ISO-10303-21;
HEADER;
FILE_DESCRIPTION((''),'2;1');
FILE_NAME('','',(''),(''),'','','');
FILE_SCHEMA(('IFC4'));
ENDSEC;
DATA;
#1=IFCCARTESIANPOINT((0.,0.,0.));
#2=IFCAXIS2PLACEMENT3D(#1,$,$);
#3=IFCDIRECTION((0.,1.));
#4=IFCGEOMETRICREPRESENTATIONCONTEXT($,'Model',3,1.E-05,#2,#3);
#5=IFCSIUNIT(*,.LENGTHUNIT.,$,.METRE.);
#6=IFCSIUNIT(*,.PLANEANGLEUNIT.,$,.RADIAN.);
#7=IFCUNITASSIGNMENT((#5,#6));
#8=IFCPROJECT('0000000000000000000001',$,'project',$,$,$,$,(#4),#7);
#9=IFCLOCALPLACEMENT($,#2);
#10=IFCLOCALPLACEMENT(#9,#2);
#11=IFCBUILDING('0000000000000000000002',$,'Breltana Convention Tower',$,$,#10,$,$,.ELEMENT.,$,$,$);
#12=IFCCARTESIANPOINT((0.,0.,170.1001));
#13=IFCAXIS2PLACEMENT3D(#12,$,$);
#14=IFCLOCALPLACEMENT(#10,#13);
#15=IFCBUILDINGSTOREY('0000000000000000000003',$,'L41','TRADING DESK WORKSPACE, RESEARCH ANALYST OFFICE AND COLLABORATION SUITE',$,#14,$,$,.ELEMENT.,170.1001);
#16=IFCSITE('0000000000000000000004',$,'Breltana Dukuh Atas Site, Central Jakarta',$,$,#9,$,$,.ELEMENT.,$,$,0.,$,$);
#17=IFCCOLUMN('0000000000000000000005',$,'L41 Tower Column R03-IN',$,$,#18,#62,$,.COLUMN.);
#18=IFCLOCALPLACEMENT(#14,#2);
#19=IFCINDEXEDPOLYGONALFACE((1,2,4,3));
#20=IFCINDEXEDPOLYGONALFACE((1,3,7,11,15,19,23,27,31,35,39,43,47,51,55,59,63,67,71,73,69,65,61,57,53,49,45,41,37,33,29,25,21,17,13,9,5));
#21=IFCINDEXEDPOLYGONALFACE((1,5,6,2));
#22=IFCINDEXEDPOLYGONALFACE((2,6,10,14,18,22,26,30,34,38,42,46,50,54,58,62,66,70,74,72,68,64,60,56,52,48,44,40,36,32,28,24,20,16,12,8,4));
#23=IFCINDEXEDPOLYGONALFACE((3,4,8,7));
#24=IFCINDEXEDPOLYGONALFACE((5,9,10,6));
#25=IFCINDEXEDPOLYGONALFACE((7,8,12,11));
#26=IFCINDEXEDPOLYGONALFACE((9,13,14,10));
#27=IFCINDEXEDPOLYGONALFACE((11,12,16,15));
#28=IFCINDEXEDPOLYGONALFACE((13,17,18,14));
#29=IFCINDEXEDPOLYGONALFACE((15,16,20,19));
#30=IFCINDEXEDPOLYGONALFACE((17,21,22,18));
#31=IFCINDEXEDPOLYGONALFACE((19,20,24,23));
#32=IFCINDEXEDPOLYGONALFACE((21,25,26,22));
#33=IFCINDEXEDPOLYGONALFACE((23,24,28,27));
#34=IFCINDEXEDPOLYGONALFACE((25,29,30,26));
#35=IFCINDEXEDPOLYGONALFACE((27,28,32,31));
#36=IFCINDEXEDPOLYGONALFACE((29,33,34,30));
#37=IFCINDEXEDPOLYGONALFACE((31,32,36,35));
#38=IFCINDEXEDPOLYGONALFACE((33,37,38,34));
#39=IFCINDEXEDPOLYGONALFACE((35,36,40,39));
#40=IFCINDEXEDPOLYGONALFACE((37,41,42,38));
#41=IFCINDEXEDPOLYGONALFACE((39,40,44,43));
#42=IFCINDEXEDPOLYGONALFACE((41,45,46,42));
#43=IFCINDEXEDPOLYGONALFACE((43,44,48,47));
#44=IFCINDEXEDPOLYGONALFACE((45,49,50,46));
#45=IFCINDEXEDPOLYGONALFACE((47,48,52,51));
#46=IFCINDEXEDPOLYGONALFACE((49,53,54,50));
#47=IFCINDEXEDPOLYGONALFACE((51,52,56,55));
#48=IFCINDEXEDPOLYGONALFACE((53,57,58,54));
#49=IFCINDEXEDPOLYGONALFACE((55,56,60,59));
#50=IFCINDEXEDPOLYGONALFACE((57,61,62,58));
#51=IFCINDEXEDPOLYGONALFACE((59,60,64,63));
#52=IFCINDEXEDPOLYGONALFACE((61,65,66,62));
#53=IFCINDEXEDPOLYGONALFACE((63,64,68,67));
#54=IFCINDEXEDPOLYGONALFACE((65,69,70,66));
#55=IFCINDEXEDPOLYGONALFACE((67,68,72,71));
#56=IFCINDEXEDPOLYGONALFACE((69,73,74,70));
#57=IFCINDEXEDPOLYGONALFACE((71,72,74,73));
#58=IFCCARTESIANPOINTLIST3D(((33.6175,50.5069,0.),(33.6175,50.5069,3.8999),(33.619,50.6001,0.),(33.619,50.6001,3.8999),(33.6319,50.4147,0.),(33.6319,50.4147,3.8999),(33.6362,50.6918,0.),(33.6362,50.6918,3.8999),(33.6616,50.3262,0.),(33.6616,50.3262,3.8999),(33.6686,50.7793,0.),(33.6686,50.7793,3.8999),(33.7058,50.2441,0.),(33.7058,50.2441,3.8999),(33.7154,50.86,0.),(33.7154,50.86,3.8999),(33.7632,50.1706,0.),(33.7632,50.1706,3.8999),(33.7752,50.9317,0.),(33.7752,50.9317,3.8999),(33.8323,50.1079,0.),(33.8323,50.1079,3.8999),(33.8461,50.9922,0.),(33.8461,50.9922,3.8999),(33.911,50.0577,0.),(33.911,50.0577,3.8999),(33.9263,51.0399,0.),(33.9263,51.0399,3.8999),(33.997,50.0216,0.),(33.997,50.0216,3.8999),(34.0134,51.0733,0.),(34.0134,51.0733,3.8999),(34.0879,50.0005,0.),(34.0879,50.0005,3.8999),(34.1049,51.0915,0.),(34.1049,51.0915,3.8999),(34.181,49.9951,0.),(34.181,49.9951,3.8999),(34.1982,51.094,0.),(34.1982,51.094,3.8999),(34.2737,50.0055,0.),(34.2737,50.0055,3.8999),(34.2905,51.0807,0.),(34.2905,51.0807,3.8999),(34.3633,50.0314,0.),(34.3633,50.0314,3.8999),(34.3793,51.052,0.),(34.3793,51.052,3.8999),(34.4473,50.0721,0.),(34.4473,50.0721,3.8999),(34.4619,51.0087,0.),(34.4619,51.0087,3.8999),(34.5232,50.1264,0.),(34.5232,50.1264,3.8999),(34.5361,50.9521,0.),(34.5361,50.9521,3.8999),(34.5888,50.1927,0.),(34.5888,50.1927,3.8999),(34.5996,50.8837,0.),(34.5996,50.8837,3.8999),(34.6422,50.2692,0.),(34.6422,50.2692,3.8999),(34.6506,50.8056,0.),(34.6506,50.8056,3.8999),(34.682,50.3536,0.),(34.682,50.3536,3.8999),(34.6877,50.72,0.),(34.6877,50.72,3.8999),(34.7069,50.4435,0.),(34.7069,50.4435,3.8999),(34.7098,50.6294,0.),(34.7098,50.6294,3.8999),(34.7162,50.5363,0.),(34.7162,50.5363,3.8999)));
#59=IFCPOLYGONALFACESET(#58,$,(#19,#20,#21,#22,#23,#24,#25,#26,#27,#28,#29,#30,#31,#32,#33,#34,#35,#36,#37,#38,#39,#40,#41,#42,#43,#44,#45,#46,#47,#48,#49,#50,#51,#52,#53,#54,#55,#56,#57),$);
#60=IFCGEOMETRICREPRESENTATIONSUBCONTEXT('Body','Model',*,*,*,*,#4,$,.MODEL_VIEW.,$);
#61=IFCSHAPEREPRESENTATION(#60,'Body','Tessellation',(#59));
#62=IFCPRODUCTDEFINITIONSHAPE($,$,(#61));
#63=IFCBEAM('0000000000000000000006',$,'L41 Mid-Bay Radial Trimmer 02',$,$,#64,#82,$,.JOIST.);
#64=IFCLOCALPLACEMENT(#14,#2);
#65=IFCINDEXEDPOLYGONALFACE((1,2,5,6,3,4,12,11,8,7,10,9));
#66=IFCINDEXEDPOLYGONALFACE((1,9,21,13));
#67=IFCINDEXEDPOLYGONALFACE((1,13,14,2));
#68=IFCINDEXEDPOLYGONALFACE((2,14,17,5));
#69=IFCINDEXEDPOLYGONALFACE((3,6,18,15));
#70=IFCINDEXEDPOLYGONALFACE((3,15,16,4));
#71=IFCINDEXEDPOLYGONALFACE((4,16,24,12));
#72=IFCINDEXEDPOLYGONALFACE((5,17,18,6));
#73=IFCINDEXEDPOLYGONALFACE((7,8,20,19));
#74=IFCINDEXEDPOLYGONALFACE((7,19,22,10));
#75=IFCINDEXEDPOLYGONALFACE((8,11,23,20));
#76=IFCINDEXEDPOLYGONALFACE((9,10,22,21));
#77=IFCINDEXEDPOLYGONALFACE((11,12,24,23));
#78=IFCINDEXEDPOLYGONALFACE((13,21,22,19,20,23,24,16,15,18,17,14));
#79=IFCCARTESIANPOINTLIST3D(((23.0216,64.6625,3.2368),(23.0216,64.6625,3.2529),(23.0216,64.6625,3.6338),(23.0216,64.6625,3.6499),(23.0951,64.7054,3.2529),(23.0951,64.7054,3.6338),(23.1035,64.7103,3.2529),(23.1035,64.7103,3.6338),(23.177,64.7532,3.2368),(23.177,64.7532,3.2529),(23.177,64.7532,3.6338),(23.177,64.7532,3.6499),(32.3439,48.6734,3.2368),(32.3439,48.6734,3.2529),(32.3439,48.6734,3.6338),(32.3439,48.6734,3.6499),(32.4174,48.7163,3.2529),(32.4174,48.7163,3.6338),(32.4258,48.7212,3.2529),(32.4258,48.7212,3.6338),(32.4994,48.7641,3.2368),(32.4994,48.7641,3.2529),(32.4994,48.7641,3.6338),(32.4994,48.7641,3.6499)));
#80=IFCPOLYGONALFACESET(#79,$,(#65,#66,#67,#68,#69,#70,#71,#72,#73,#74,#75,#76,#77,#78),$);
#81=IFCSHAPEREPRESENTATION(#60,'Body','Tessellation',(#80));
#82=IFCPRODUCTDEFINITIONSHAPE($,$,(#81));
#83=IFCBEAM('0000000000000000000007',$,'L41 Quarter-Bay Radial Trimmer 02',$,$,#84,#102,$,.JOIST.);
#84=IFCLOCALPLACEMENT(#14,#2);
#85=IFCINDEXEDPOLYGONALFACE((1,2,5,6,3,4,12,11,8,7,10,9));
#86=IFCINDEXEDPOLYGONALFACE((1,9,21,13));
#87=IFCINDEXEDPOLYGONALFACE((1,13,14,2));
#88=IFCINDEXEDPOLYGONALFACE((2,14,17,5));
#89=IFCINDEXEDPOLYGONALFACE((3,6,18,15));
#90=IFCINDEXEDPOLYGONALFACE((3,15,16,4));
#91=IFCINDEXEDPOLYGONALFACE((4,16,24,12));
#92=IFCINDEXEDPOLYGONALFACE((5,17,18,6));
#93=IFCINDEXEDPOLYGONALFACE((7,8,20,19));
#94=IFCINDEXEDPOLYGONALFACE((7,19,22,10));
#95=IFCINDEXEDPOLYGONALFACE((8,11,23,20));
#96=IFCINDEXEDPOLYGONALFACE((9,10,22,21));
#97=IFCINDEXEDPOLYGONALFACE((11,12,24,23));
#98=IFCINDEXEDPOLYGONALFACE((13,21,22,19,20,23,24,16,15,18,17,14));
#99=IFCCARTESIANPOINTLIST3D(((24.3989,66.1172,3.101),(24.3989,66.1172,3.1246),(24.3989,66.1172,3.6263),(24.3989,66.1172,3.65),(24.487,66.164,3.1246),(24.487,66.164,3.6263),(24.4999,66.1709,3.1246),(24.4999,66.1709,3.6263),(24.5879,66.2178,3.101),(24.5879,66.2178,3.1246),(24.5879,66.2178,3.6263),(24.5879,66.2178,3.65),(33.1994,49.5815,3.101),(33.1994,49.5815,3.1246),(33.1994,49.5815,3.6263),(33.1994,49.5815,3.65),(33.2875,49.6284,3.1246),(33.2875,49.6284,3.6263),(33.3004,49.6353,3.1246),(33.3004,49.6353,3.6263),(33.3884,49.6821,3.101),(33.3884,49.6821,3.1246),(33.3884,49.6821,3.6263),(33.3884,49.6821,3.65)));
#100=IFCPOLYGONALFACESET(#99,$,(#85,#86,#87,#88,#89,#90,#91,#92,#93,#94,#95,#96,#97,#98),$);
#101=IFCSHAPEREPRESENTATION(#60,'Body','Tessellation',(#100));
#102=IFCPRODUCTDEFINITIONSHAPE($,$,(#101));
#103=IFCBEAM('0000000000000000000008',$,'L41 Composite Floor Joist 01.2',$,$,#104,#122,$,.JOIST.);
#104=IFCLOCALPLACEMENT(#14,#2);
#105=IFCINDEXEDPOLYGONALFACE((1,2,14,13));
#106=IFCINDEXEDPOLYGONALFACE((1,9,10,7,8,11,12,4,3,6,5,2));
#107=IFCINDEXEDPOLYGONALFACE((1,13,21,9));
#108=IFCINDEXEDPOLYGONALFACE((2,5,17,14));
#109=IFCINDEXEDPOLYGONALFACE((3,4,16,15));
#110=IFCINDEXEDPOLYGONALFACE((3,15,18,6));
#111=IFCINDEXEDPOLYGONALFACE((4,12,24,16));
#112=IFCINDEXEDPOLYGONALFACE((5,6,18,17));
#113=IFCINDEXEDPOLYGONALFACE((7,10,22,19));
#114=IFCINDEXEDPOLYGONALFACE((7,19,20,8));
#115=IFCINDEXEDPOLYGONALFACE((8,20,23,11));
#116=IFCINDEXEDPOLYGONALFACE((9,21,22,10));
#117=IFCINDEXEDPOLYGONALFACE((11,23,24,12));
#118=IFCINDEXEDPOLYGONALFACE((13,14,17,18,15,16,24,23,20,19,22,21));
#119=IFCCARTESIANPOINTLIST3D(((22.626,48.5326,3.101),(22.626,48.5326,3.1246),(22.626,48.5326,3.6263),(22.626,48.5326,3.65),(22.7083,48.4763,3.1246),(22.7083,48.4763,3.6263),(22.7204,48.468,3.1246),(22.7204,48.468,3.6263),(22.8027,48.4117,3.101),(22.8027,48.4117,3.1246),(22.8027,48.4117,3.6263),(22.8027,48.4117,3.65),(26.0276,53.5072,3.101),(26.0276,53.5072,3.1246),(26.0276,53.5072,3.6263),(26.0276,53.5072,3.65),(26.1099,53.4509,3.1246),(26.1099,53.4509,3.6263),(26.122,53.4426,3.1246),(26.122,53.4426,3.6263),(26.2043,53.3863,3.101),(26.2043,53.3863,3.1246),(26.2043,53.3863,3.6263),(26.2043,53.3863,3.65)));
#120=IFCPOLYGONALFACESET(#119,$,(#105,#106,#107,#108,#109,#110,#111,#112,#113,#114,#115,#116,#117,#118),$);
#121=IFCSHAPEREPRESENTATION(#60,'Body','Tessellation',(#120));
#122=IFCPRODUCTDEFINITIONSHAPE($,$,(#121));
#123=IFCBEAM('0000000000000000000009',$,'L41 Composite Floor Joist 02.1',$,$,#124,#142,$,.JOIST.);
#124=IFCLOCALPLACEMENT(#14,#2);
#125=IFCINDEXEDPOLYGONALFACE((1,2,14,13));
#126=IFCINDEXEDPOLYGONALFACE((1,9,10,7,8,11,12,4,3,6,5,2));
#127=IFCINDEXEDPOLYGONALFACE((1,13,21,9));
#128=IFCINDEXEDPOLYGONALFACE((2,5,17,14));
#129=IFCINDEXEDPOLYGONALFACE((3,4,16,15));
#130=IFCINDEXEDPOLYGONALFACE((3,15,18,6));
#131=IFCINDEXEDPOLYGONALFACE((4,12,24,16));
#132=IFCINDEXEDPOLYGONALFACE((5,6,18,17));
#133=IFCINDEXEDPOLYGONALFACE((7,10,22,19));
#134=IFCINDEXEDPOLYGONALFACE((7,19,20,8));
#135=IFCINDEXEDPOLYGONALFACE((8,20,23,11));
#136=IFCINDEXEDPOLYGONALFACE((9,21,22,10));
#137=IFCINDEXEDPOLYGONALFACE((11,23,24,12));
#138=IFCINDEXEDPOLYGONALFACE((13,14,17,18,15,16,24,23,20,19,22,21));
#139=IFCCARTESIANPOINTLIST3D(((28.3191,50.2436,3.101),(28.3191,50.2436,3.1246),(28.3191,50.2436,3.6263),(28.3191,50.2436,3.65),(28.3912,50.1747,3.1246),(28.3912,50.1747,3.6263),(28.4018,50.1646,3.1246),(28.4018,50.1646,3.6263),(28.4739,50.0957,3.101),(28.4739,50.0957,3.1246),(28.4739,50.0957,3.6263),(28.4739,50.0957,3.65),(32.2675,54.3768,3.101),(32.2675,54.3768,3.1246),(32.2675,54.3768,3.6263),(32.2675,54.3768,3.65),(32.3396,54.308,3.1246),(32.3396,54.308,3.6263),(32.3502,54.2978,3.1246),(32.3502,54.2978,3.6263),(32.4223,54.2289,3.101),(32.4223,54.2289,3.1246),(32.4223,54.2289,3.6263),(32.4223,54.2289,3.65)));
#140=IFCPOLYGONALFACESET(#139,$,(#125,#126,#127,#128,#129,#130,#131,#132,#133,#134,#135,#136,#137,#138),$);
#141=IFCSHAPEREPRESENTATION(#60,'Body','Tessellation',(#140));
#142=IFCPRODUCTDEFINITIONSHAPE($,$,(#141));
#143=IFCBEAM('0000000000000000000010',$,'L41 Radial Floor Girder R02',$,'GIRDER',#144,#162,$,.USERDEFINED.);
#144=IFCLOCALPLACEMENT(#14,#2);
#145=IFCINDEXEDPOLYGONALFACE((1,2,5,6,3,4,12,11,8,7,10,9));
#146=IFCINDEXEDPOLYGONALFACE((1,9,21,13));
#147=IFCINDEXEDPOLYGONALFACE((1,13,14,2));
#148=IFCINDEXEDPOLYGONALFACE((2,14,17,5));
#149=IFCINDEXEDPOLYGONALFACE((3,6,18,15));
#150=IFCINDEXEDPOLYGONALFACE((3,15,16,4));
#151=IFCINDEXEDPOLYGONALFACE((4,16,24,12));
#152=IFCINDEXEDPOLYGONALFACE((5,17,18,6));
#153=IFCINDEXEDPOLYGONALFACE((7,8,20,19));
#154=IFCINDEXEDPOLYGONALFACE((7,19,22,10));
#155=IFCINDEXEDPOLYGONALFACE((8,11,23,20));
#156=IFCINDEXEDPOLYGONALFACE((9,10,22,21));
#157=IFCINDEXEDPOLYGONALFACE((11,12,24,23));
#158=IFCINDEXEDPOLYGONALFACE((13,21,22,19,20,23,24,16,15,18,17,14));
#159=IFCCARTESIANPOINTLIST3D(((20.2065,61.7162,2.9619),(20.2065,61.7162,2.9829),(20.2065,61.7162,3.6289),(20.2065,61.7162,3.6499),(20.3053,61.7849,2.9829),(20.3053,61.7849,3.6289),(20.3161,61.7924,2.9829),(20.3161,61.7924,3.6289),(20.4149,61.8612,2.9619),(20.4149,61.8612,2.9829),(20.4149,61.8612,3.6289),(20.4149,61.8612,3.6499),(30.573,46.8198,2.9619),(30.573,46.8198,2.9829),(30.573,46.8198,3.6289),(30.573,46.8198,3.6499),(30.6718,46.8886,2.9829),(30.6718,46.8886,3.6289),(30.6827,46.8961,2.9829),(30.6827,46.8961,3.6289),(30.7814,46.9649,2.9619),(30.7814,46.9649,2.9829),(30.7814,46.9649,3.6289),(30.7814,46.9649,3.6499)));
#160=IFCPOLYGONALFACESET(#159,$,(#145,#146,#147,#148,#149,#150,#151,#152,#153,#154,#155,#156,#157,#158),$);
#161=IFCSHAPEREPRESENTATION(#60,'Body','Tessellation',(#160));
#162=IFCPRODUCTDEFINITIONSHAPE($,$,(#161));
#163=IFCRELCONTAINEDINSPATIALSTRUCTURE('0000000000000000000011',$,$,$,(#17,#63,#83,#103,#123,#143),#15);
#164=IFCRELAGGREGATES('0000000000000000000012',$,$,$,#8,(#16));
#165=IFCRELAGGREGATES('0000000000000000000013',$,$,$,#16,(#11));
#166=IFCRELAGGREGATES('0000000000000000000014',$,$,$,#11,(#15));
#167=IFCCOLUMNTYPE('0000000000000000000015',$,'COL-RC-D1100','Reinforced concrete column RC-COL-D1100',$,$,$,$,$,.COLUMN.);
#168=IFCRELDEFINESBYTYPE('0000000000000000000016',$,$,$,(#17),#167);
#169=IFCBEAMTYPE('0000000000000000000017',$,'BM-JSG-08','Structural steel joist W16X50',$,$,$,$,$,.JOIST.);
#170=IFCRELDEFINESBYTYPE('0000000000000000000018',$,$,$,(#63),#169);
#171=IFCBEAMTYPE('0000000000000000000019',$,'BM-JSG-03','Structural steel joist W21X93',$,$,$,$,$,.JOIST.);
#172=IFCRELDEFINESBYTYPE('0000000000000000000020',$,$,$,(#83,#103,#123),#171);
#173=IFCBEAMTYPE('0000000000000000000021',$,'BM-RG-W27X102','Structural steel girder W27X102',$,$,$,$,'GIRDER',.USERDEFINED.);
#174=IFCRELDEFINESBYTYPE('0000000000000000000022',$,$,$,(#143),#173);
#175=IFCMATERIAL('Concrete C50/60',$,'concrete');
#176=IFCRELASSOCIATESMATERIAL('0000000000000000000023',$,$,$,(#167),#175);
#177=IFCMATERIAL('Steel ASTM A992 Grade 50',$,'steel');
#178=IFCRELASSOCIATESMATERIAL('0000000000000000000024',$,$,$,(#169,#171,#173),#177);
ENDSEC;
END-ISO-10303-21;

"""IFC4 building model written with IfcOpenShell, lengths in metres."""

from ifc_helpers import new_model, si_unit, direction, frame, origin, origin_2d, place, context, subcontext, project, spatial, circle, i_section, extrude, source, transform, mapped, material, material_profile, profile_set, type_object, element, save


model = new_model("IFC4")

# Units and contexts
model_context = context("Model", 3, precision=1e-05, world=origin(), true_north=direction((0.0, 1.0)))
body_context = subcontext(model_context, "Body", "Model", "MODEL_VIEW")
ifc_project = project(units=[si_unit("LENGTHUNIT", "METRE"), si_unit("PLANEANGLEUNIT", "RADIAN")], contexts=[model_context])

# Site, building, storey
site_placement = place(None, origin())
site = spatial("IfcSite", under=ifc_project, at=site_placement, Name="Breltana Dukuh Atas Site, Central Jakarta", CompositionType="ELEMENT", RefElevation=0.0)
building_placement = place(site_placement, origin())
building = spatial("IfcBuilding", under=site, at=building_placement, Name="Breltana Convention Tower", CompositionType="ELEMENT")
storey_placement = place(building_placement, frame((0.0, 0.0, 170.1001)))
storey = spatial("IfcBuildingStorey", under=building, at=storey_placement, Name="L41", Description="TRADING DESK WORKSPACE, RESEARCH ANALYST OFFICE AND COLLABORATION SUITE", CompositionType="ELEMENT", Elevation=170.1001)

# Column
ifc_material_1 = material(Name="Concrete C50/60", Category="concrete")
ifc_material_profile_1 = material_profile(ifc_material_1, circle(Radius=0.55, at=origin_2d()), Name="RC-COL-D1100")
ifc_profile_set_1 = profile_set([ifc_material_profile_1], Name="Concrete C50/60")
column_type = type_object("IfcColumnType", Name="COL-RC-D1100", Description="Reinforced concrete column RC-COL-D1100", PredefinedType="COLUMN", material=ifc_profile_set_1)
shared_shape_1 = source(origin(), body_context, "Body", "SweptSolid", [
    extrude(circle(Radius=0.55, at=origin_2d()), origin(), (0.0, 0.0, 1.0), 3.8999),
])
for number, where, z_axis, x_axis, name in (
    (1, (34.1663, 50.5449, 0.0), (0.0, 0.0, 1.0), (-0.436174, 0.899863, 0.0), "L41 Tower Column R03-IN"),
):
    element("IfcColumn", number, at=place(storey_placement, frame(where, z_axis=z_axis, x_axis=x_axis)), inside=storey, type_object=column_type, Name=name, PredefinedType="COLUMN", context=body_context, shape_type="MappedRepresentation", body=[
        mapped(shared_shape_1, transform((0.0, 0.0, 0.0), scale=1.0)),
    ])

# Beams
ifc_material_2 = material(Name="Steel ASTM A992 Grade 50", Category="steel")
ifc_material_profile_2 = material_profile(ifc_material_2, i_section(OverallWidth=0.1799, OverallDepth=0.4131, WebThickness=0.0098, FlangeThickness=0.0161, at=origin_2d()), Name="W16X50")
ifc_profile_set_2 = profile_set([ifc_material_profile_2], Name="Steel ASTM A992 Grade 50")
beam_type_1 = type_object("IfcBeamType", Name="BM-JSG-08", Description="Structural steel joist W16X50", PredefinedType="JOIST", material=ifc_profile_set_2)
shared_shape_2 = source(origin(), body_context, "Body", "SweptSolid", [
    extrude(i_section(OverallWidth=0.1799, OverallDepth=0.4131, WebThickness=0.0098, FlangeThickness=0.0161, at=origin_2d()), origin(), (0.0, 0.0, 1.0), 18.5083),
])
beam_1_placement = place(storey_placement, frame((32.4216, 48.7188, 3.4434), z_axis=(-0.503683, 0.863888, 0.0), x_axis=(-0.863888, -0.503683, 0.0)))
element("IfcBeam", 2, at=beam_1_placement, inside=storey, type_object=beam_type_1, Name="L41 Mid-Bay Radial Trimmer 02", PredefinedType="JOIST", context=body_context, shape_type="MappedRepresentation", body=[
    mapped(shared_shape_2, transform((0.0, 0.0, 0.0), scale=1.0)),
])
ifc_material_profile_3 = material_profile(ifc_material_2, i_section(OverallWidth=0.2141, OverallDepth=0.5491, WebThickness=0.0146, FlangeThickness=0.0237, at=origin_2d()), Name="W21X93")
ifc_profile_set_3 = profile_set([ifc_material_profile_3], Name="Steel ASTM A992 Grade 50")
beam_type_2 = type_object("IfcBeamType", Name="BM-JSG-03", Description="Structural steel joist W21X93", PredefinedType="JOIST", material=ifc_profile_set_3)
shared_shape_3 = source(origin(), body_context, "Body", "SweptSolid", [
    extrude(i_section(OverallWidth=0.2141, OverallDepth=0.5491, WebThickness=0.0146, FlangeThickness=0.0237, at=origin_2d()), origin(), (0.0, 0.0, 1.0), 18.7317),
])
beam_2_placement = place(storey_placement, frame((33.2939, 49.6318, 3.3755), z_axis=(-0.46982, 0.882762, 0.0), x_axis=(-0.882762, -0.46982, 0.0)))
element("IfcBeam", 3, at=beam_2_placement, inside=storey, type_object=beam_type_2, Name="L41 Quarter-Bay Radial Trimmer 02", PredefinedType="JOIST", context=body_context, shape_type="MappedRepresentation", body=[
    mapped(shared_shape_3, transform((0.0, 0.0, 0.0), scale=1.0)),
])
shared_shape_4 = source(origin(), body_context, "Body", "SweptSolid", [
    extrude(i_section(OverallWidth=0.2141, OverallDepth=0.5491, WebThickness=0.0146, FlangeThickness=0.0237, at=origin_2d()), origin(), (0.0, 0.0, 1.0), 6.0264),
])
beam_3_placement = place(storey_placement, frame((22.7144, 48.4722, 3.3755), z_axis=(0.56445, 0.825467, 0.0), x_axis=(-0.825467, 0.56445, 0.0)))
element("IfcBeam", 4, at=beam_3_placement, inside=storey, type_object=beam_type_2, Name="L41 Composite Floor Joist 01.2", PredefinedType="JOIST", context=body_context, shape_type="MappedRepresentation", body=[
    mapped(shared_shape_4, transform((0.0, 0.0, 0.0), scale=1.0)),
])
shared_shape_5 = source(origin(), body_context, "Body", "SweptSolid", [
    extrude(i_section(OverallWidth=0.2141, OverallDepth=0.5491, WebThickness=0.0146, FlangeThickness=0.0237, at=origin_2d()), origin(), (0.0, 0.0, 1.0), 5.7161),
])
beam_4_placement = place(storey_placement, frame((28.3965, 50.1697, 3.3755), z_axis=(0.690756, 0.723088, 0.0), x_axis=(-0.723088, 0.690756, 0.0)))
element("IfcBeam", 5, at=beam_4_placement, inside=storey, type_object=beam_type_2, Name="L41 Composite Floor Joist 02.1", PredefinedType="JOIST", context=body_context, shape_type="MappedRepresentation", body=[
    mapped(shared_shape_5, transform((0.0, 0.0, 0.0), scale=1.0)),
])
ifc_material_profile_4 = material_profile(ifc_material_2, i_section(OverallWidth=0.2539, OverallDepth=0.688, WebThickness=0.0132, FlangeThickness=0.021, at=origin_2d()), Name="W27X102")
ifc_profile_set_4 = profile_set([ifc_material_profile_4], Name="Steel ASTM A992 Grade 50")
beam_type_3 = type_object("IfcBeamType", Name="BM-RG-W27X102", Description="Structural steel girder W27X102", ElementType="GIRDER", PredefinedType="USERDEFINED", material=ifc_profile_set_4)
shared_shape_6 = source(origin(), body_context, "Body", "SweptSolid", [
    extrude(i_section(OverallWidth=0.2539, OverallDepth=0.688, WebThickness=0.0132, FlangeThickness=0.021, at=origin_2d()), origin(), (0.0, 0.0, 1.0), 18.1484),
])
beam_5_placement = place(storey_placement, frame((30.6772, 46.8923, 3.3059), z_axis=(-0.571208, 0.820806, 0.0), x_axis=(-0.820806, -0.571208, 0.0)))
element("IfcBeam", 6, at=beam_5_placement, inside=storey, type_object=beam_type_3, Name="L41 Radial Floor Girder R02", ObjectType="GIRDER", PredefinedType="USERDEFINED", context=body_context, shape_type="MappedRepresentation", body=[
    mapped(shared_shape_6, transform((0.0, 0.0, 0.0), scale=1.0)),
])

save(model, "model.ifc")
